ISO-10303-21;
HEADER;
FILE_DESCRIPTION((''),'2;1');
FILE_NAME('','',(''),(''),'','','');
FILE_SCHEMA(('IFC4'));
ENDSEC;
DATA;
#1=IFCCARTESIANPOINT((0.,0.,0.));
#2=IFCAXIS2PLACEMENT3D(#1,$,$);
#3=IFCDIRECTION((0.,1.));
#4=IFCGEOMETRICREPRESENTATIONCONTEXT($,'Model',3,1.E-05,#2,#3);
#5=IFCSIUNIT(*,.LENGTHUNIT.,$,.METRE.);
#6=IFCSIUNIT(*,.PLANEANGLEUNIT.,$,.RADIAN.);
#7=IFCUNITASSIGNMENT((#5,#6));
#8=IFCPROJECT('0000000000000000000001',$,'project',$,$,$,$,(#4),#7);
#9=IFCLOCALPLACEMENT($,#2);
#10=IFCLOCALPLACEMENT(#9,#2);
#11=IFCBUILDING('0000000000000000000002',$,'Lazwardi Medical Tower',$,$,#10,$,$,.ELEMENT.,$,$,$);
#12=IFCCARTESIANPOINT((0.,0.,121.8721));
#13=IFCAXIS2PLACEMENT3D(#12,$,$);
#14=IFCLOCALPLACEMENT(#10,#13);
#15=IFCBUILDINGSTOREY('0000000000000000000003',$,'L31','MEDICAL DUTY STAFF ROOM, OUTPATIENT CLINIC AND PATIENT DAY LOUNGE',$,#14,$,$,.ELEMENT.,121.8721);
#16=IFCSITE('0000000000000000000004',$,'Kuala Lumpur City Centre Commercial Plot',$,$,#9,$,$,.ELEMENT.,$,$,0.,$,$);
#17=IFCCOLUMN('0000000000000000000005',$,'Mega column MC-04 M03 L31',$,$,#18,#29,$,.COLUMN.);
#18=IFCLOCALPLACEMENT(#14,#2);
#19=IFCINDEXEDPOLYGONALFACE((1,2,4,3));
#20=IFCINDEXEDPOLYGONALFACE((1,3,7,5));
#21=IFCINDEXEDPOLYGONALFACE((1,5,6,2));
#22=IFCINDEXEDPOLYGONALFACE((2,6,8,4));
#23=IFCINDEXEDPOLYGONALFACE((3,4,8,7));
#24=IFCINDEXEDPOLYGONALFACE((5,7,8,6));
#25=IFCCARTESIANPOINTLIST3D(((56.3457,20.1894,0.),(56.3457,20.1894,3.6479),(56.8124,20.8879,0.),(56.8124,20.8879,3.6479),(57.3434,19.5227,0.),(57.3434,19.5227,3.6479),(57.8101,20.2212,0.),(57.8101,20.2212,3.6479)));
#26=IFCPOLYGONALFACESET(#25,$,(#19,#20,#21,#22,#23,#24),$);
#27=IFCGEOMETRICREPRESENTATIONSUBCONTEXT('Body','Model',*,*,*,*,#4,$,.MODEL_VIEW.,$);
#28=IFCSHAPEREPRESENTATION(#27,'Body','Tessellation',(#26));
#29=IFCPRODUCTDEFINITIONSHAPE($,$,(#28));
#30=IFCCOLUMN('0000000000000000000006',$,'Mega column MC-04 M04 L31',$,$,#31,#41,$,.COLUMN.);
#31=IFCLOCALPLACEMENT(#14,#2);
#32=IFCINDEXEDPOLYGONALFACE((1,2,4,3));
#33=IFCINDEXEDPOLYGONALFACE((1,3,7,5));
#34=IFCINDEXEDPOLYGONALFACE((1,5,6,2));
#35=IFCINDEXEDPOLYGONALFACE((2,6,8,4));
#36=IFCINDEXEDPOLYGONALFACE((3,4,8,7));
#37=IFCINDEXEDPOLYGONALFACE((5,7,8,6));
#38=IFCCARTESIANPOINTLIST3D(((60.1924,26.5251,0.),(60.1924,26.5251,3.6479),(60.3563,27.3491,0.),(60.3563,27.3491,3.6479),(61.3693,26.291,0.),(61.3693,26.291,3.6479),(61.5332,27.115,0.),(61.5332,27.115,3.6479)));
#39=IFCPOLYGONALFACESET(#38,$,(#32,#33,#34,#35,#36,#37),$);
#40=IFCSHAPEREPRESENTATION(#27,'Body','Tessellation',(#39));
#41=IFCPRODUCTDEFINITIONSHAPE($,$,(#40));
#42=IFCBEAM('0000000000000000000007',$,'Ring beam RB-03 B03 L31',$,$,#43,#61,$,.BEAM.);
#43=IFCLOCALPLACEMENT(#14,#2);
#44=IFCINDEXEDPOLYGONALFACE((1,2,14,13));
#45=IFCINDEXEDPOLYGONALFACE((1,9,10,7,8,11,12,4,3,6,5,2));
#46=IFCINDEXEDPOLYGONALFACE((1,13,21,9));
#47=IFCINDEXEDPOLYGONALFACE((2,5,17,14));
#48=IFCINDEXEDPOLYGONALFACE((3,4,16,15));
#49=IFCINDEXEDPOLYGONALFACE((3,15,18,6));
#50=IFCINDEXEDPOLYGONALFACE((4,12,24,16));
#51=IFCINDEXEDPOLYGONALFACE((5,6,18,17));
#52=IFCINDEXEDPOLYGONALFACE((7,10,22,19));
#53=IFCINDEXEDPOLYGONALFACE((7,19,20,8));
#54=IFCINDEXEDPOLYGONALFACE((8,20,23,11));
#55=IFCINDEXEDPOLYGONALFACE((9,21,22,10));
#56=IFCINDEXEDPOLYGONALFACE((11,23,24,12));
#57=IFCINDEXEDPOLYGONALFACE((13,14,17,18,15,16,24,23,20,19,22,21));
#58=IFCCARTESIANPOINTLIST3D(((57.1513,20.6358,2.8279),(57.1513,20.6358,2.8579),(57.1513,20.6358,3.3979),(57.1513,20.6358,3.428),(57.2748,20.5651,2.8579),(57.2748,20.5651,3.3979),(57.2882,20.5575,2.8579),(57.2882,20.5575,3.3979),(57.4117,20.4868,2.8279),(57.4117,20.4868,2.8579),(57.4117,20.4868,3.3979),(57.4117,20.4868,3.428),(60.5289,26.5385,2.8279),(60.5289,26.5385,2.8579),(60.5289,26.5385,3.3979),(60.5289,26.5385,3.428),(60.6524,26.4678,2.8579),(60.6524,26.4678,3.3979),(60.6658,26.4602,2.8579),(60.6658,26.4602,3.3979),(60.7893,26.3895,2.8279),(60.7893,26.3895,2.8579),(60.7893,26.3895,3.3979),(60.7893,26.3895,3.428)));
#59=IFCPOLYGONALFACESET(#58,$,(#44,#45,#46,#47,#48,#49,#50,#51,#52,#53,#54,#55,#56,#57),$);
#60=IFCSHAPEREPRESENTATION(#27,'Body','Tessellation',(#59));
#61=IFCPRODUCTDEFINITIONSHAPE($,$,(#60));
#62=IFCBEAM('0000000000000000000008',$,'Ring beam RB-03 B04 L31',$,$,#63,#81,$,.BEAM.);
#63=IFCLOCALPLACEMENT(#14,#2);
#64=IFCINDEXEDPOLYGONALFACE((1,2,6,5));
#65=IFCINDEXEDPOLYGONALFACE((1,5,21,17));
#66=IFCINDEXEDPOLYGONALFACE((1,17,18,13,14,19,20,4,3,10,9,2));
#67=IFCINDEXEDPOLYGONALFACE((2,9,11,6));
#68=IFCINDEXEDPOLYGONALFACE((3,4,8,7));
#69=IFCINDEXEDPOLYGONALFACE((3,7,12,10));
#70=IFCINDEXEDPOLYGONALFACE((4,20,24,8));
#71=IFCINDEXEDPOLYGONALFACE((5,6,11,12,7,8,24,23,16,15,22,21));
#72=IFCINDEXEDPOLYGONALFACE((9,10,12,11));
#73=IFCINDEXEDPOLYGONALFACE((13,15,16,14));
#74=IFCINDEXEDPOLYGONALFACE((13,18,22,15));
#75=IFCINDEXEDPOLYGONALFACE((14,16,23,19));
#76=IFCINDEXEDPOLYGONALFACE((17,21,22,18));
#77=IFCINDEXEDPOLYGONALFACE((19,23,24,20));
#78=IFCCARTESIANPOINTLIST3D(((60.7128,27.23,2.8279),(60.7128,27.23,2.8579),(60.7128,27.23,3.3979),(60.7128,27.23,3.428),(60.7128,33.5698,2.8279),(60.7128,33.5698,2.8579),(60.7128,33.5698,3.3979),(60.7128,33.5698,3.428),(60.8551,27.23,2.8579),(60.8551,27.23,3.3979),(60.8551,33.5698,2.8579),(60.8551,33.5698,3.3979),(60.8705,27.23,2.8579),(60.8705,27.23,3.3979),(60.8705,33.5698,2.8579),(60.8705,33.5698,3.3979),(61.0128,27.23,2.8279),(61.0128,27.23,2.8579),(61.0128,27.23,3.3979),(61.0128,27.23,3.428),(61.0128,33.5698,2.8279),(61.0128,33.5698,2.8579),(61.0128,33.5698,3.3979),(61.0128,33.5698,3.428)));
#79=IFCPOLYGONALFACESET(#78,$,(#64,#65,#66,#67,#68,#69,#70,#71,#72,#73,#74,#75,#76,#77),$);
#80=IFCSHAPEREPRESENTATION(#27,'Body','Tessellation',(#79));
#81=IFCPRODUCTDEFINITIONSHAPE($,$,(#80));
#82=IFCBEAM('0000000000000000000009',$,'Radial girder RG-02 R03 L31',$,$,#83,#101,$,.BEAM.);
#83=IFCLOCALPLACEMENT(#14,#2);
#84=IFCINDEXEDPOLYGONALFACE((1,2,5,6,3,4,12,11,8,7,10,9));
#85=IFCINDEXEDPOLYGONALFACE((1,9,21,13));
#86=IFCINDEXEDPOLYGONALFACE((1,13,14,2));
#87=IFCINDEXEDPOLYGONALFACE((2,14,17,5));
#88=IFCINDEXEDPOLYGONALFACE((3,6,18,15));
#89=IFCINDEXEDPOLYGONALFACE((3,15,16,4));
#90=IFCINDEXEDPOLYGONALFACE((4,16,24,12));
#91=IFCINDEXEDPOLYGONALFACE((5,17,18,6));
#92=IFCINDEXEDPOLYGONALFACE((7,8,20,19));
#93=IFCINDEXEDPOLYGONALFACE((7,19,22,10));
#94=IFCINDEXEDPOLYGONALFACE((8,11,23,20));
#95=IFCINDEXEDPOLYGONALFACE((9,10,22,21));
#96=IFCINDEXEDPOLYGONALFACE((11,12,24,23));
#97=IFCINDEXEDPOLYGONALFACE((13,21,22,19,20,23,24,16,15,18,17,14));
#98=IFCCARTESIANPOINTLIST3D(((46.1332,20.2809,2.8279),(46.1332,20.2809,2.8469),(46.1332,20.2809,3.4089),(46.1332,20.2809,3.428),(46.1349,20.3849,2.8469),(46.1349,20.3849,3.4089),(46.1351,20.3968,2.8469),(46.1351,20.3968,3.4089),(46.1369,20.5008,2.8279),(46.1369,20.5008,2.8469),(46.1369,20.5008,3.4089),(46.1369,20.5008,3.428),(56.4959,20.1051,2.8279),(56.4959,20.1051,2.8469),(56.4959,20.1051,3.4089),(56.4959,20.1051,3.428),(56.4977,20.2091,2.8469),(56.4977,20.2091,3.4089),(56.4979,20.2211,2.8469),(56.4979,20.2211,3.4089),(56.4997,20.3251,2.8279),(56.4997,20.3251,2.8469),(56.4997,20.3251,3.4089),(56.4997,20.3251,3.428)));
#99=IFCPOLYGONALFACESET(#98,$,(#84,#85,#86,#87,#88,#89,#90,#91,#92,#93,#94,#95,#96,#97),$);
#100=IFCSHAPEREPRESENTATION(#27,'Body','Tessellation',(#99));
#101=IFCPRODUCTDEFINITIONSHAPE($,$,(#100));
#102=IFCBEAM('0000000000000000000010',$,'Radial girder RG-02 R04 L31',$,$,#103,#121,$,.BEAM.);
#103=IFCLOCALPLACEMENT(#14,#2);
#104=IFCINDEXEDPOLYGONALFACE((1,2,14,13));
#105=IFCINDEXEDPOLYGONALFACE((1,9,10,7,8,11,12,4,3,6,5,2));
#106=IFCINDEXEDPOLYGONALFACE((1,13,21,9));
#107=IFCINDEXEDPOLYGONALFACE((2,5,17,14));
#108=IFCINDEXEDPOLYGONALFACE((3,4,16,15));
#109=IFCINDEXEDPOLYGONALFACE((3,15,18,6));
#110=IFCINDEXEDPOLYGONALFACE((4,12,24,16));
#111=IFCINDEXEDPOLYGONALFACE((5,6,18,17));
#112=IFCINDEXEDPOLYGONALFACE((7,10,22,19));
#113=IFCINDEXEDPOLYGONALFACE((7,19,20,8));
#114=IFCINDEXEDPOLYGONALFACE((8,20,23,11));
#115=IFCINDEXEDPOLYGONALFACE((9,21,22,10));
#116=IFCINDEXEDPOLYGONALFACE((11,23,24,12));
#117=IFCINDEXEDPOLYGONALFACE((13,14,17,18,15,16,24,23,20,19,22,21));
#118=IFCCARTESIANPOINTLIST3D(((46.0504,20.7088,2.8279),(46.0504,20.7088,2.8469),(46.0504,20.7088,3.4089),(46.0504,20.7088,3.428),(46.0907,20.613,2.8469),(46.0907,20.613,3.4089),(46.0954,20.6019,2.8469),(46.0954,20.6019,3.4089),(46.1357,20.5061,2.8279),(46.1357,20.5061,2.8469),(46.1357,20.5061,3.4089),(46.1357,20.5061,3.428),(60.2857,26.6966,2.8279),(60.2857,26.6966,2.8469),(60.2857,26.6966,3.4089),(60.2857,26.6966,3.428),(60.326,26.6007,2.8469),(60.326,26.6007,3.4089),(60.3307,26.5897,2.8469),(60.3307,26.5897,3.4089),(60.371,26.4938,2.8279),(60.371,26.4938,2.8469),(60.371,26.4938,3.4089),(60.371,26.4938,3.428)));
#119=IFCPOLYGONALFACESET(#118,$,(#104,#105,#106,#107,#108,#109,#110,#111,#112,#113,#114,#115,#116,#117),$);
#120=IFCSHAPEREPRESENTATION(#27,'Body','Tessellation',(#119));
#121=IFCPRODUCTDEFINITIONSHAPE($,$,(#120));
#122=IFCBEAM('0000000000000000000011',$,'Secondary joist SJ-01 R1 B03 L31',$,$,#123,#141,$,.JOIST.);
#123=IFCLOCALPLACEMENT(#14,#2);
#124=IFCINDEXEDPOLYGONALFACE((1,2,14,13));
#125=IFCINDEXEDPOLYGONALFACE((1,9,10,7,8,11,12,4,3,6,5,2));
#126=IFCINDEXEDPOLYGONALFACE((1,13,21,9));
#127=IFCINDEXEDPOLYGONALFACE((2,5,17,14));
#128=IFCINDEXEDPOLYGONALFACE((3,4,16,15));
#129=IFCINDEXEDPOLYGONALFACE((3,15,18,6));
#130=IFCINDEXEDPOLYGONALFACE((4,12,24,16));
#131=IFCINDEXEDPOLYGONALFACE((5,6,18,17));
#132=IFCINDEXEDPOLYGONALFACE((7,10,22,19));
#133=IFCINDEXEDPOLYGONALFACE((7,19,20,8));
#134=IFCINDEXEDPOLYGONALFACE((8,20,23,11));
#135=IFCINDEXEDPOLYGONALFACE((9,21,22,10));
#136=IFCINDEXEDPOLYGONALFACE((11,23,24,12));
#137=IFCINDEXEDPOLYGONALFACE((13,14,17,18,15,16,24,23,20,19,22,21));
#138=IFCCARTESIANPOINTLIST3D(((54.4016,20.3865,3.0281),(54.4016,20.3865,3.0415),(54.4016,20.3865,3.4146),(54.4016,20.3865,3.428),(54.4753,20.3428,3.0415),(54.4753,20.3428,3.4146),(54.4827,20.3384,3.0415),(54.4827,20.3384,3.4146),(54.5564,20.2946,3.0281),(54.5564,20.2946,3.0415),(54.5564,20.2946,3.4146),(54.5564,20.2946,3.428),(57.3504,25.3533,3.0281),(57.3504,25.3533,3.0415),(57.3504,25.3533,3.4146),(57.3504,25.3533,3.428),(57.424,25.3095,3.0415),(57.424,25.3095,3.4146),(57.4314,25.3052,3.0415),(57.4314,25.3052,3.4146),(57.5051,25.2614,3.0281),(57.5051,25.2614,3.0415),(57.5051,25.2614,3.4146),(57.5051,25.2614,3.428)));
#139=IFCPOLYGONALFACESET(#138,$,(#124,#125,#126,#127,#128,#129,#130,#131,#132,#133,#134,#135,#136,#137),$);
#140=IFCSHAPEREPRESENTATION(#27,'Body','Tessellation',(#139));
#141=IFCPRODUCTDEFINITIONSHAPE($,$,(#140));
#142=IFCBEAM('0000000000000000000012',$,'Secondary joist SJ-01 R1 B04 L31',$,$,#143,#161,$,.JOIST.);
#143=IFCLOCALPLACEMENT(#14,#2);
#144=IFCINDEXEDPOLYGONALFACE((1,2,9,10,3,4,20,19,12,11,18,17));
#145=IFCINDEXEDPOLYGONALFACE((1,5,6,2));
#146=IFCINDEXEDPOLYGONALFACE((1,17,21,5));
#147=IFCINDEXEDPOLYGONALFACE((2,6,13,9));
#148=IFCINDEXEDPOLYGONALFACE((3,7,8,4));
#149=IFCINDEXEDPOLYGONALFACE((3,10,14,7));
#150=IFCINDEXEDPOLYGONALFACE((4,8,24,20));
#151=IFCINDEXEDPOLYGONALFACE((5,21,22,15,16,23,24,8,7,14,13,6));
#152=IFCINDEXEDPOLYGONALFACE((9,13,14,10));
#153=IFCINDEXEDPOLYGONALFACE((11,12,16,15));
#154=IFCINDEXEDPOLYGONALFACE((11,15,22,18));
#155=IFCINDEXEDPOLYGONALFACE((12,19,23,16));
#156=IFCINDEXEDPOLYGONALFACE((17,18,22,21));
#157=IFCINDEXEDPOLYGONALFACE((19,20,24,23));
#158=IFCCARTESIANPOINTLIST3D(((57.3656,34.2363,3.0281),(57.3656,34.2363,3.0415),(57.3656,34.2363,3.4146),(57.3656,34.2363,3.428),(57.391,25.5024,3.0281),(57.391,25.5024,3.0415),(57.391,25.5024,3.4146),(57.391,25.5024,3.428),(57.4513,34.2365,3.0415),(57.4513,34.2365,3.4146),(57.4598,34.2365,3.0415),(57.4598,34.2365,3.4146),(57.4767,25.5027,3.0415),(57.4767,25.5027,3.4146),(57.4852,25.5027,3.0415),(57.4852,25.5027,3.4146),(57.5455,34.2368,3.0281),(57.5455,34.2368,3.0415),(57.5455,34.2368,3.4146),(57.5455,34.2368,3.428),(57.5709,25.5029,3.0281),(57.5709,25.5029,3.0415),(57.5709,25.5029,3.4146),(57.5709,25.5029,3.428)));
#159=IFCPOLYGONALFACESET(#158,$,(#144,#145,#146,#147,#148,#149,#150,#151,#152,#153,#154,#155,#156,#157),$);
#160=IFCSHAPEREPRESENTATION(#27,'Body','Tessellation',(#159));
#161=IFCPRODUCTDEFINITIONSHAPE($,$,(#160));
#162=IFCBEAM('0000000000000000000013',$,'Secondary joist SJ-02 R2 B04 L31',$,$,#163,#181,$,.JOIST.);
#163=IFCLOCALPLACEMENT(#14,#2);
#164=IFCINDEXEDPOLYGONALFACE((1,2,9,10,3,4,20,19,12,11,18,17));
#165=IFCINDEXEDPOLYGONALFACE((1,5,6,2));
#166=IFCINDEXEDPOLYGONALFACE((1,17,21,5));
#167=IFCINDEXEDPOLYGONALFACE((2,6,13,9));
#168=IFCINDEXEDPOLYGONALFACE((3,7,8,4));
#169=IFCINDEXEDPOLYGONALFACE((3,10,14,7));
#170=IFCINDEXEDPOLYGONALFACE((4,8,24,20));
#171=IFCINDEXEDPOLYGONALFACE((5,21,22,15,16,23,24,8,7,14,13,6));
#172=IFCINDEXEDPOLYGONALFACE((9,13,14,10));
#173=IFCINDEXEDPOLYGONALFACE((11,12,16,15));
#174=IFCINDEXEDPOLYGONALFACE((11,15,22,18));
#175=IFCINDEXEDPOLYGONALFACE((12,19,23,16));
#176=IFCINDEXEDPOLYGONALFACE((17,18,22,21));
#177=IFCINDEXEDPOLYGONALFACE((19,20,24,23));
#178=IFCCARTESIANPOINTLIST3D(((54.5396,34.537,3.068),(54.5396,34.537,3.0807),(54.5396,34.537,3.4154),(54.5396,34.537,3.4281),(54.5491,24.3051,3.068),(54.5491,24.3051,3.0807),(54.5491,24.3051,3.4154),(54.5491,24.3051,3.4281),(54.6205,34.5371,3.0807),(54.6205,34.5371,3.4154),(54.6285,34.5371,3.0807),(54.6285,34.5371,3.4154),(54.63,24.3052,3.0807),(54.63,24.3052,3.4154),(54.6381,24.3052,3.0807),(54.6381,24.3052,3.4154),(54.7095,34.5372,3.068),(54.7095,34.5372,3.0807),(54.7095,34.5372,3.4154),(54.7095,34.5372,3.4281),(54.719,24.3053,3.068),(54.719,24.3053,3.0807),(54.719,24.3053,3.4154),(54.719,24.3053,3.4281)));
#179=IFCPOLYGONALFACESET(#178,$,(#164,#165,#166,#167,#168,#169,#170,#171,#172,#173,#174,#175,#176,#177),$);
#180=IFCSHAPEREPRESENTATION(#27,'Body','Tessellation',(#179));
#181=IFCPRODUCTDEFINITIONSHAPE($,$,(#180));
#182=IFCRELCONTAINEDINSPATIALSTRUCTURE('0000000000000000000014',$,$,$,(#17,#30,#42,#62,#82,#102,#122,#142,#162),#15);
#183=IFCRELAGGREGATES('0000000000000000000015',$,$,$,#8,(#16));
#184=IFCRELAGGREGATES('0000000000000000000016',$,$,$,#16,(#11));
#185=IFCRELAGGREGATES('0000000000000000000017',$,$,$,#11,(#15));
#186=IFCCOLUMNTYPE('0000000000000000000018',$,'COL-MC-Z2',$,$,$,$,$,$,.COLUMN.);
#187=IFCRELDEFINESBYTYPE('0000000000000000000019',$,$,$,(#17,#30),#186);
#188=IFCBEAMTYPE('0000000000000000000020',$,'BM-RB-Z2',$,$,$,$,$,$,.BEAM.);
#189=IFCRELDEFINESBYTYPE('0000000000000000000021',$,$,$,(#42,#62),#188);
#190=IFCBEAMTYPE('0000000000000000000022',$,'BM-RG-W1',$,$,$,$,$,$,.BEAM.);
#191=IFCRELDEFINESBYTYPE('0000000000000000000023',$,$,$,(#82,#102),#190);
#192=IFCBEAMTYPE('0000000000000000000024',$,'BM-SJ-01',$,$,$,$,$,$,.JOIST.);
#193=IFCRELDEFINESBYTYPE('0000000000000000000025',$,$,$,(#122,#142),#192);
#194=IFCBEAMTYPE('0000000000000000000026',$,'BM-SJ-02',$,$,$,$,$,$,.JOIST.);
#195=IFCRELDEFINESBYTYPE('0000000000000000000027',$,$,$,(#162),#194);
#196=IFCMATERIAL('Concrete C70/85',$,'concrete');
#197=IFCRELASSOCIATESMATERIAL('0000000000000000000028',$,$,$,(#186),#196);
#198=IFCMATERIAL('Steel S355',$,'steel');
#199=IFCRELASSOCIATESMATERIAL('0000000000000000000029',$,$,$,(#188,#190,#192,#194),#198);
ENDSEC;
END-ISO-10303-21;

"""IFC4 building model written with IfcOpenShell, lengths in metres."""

from ifc_helpers import new_model, si_unit, direction, frame, origin, origin_2d, place, context, subcontext, project, spatial, rectangle, i_section, extrude, material, material_profile, profile_set, type_object, element, save


model = new_model("IFC4")

# Units and contexts
model_context = context("Model", 3, precision=1e-05, world=origin(), true_north=direction((0.0, 1.0)))
body_context = subcontext(model_context, "Body", "Model", "MODEL_VIEW")
ifc_project = project(units=[si_unit("LENGTHUNIT", "METRE"), si_unit("PLANEANGLEUNIT", "RADIAN")], contexts=[model_context])

# Site, building, storey
site_placement = place(None, origin())
site = spatial("IfcSite", under=ifc_project, at=site_placement, Name="Kuala Lumpur City Centre Commercial Plot", CompositionType="ELEMENT", RefElevation=0.0)
building_placement = place(site_placement, origin())
building = spatial("IfcBuilding", under=site, at=building_placement, Name="Lazwardi Medical Tower", CompositionType="ELEMENT")
storey_placement = place(building_placement, frame((0.0, 0.0, 121.8721)))
storey = spatial("IfcBuildingStorey", under=building, at=storey_placement, Name="L31", Description="MEDICAL DUTY STAFF ROOM, OUTPATIENT CLINIC AND PATIENT DAY LOUNGE", CompositionType="ELEMENT", Elevation=121.8721)

# Columns
ifc_material_1 = material(Name="Concrete C70/85", Category="concrete")
ifc_material_profile_1 = material_profile(ifc_material_1, rectangle(XDim=1.2, YDim=0.8401, at=origin_2d()), Name="CFT-RECT 1200x840")
ifc_profile_set_1 = profile_set([ifc_material_profile_1], Name="Concrete C70/85")
column_type = type_object("IfcColumnType", Name="COL-MC-Z2", PredefinedType="COLUMN", material=ifc_profile_set_1)
for number, where, z_axis, x_axis, name in (
    (1, (57.0779, 20.2053, 0.0), (0.0, 0.0, 1.0), (0.83147, -0.55557, 0.0), "Mega column MC-04 M03 L31"),
    (2, (60.8628, 26.8201, 0.0), (0.0, 0.0, 1.0), (0.980785, -0.19509, 0.0), "Mega column MC-04 M04 L31"),
):
    element("IfcColumn", number, at=place(storey_placement, frame(where, z_axis=z_axis, x_axis=x_axis)), inside=storey, type_object=column_type, Name=name, PredefinedType="COLUMN", context=body_context, shape_type="SweptSolid", body=[
        extrude(rectangle(XDim=1.2, YDim=0.8401, at=origin_2d()), origin(), (0.0, 0.0, 1.0), 3.6479),
    ])

# Beams
ifc_material_2 = material(Name="Steel S355", Category="steel")
ifc_material_profile_2 = material_profile(ifc_material_2, i_section(OverallWidth=0.3, OverallDepth=0.6001, WebThickness=0.0154, FlangeThickness=0.03, at=origin_2d()), Name="HEB 600")
ifc_profile_set_2 = profile_set([ifc_material_profile_2], Name="Steel S355")
beam_type_1 = type_object("IfcBeamType", Name="BM-RB-Z2", PredefinedType="BEAM", material=ifc_profile_set_2)
beam_1_placement = place(storey_placement, frame((57.2815, 20.5613, 3.1279), z_axis=(0.496653, 0.867949, 0.0), x_axis=(-0.867949, 0.496653, 0.0)))
element("IfcBeam", 3, at=beam_1_placement, inside=storey, type_object=beam_type_1, Name="Ring beam RB-03 B03 L31", PredefinedType="BEAM", context=body_context, shape_type="SweptSolid", body=[
    extrude(i_section(OverallWidth=0.3, OverallDepth=0.6001, WebThickness=0.0154, FlangeThickness=0.03, at=origin_2d()), origin(), (0.0, 0.0, 1.0), 6.8008),
])
beam_2_placement = place(storey_placement, frame((60.8628, 27.23, 3.1279), z_axis=(0.0, 1.0, 0.0), x_axis=(-1.0, 0.0, 0.0)))
element("IfcBeam", 4, at=beam_2_placement, inside=storey, type_object=beam_type_1, Name="Ring beam RB-03 B04 L31", PredefinedType="BEAM", context=body_context, shape_type="SweptSolid", body=[
    extrude(i_section(OverallWidth=0.3, OverallDepth=0.6001, WebThickness=0.0154, FlangeThickness=0.03, at=origin_2d()), origin(), (0.0, 0.0, 1.0), 6.3398),
])
ifc_material_profile_3 = material_profile(ifc_material_2, i_section(OverallWidth=0.22, OverallDepth=0.6001, WebThickness=0.012, FlangeThickness=0.019, at=origin_2d()), Name="IPE 600")
ifc_profile_set_3 = profile_set([ifc_material_profile_3], Name="Steel S355")
beam_type_2 = type_object("IfcBeamType", Name="BM-RG-W1", PredefinedType="BEAM", material=ifc_profile_set_3)
beam_3_placement = place(storey_placement, frame((56.4978, 20.2151, 3.1279), z_axis=(-0.999856, 0.01696, 0.0), x_axis=(-0.01696, -0.999856, 0.0)))
element("IfcBeam", 5, at=beam_3_placement, inside=storey, type_object=beam_type_2, Name="Radial girder RG-02 R03 L31", PredefinedType="BEAM", context=body_context, shape_type="SweptSolid", body=[
    extrude(i_section(OverallWidth=0.22, OverallDepth=0.6001, WebThickness=0.012, FlangeThickness=0.019, at=origin_2d()), origin(), (0.0, 0.0, 1.0), 10.3643),
])
beam_4_placement = place(storey_placement, frame((60.3284, 26.5952, 3.1279), z_axis=(-0.921775, -0.387725, 0.0), x_axis=(0.387725, -0.921775, 0.0)))
element("IfcBeam", 6, at=beam_4_placement, inside=storey, type_object=beam_type_2, Name="Radial girder RG-02 R04 L31", PredefinedType="BEAM", context=body_context, shape_type="SweptSolid", body=[
    extrude(i_section(OverallWidth=0.22, OverallDepth=0.6001, WebThickness=0.012, FlangeThickness=0.019, at=origin_2d()), origin(), (0.0, 0.0, 1.0), 15.4434),
])
ifc_material_profile_4 = material_profile(ifc_material_2, i_section(OverallWidth=0.1799, OverallDepth=0.3999, WebThickness=0.0085, FlangeThickness=0.0134, at=origin_2d()), Name="IPE 400")
ifc_profile_set_4 = profile_set([ifc_material_profile_4], Name="Steel S355")
beam_type_3 = type_object("IfcBeamType", Name="BM-SJ-01", PredefinedType="JOIST", material=ifc_profile_set_4)
beam_5_placement = place(storey_placement, frame((54.479, 20.3406, 3.228), z_axis=(0.5105, 0.859878, 0.0), x_axis=(-0.859878, 0.5105, 0.0)))
element("IfcBeam", 7, at=beam_5_placement, inside=storey, type_object=beam_type_3, Name="Secondary joist SJ-01 R1 B03 L31", PredefinedType="JOIST", context=body_context, shape_type="SweptSolid", body=[
    extrude(i_section(OverallWidth=0.1799, OverallDepth=0.3999, WebThickness=0.0085, FlangeThickness=0.0134, at=origin_2d()), origin(), (0.0, 0.0, 1.0), 5.7761),
])
beam_6_placement = place(storey_placement, frame((57.481, 25.5027, 3.228), z_axis=(-0.002907, 0.999996, 0.0), x_axis=(-0.999996, -0.002907, 0.0)))
element("IfcBeam", 8, at=beam_6_placement, inside=storey, type_object=beam_type_3, Name="Secondary joist SJ-01 R1 B04 L31", PredefinedType="JOIST", context=body_context, shape_type="SweptSolid", body=[
    extrude(i_section(OverallWidth=0.1799, OverallDepth=0.3999, WebThickness=0.0085, FlangeThickness=0.0134, at=origin_2d()), origin(), (0.0, 0.0, 1.0), 8.7339),
])
ifc_material_profile_5 = material_profile(ifc_material_2, i_section(OverallWidth=0.1699, OverallDepth=0.3601, WebThickness=0.0081, FlangeThickness=0.0127, at=origin_2d()), Name="IPE 360")
ifc_profile_set_5 = profile_set([ifc_material_profile_5], Name="Steel S355")
beam_type_4 = type_object("IfcBeamType", Name="BM-SJ-02", PredefinedType="JOIST", material=ifc_profile_set_5)
beam_7_placement = place(storey_placement, frame((54.634, 24.3052, 3.248), z_axis=(-0.000931, 1.0, 0.0), x_axis=(-1.0, -0.000931, 0.0)))
element("IfcBeam", 9, at=beam_7_placement, inside=storey, type_object=beam_type_4, Name="Secondary joist SJ-02 R2 B04 L31", PredefinedType="JOIST", context=body_context, shape_type="SweptSolid", body=[
    extrude(i_section(OverallWidth=0.1699, OverallDepth=0.3601, WebThickness=0.0081, FlangeThickness=0.0127, at=origin_2d()), origin(), (0.0, 0.0, 1.0), 10.2319),
])

save(model, "model.ifc")
